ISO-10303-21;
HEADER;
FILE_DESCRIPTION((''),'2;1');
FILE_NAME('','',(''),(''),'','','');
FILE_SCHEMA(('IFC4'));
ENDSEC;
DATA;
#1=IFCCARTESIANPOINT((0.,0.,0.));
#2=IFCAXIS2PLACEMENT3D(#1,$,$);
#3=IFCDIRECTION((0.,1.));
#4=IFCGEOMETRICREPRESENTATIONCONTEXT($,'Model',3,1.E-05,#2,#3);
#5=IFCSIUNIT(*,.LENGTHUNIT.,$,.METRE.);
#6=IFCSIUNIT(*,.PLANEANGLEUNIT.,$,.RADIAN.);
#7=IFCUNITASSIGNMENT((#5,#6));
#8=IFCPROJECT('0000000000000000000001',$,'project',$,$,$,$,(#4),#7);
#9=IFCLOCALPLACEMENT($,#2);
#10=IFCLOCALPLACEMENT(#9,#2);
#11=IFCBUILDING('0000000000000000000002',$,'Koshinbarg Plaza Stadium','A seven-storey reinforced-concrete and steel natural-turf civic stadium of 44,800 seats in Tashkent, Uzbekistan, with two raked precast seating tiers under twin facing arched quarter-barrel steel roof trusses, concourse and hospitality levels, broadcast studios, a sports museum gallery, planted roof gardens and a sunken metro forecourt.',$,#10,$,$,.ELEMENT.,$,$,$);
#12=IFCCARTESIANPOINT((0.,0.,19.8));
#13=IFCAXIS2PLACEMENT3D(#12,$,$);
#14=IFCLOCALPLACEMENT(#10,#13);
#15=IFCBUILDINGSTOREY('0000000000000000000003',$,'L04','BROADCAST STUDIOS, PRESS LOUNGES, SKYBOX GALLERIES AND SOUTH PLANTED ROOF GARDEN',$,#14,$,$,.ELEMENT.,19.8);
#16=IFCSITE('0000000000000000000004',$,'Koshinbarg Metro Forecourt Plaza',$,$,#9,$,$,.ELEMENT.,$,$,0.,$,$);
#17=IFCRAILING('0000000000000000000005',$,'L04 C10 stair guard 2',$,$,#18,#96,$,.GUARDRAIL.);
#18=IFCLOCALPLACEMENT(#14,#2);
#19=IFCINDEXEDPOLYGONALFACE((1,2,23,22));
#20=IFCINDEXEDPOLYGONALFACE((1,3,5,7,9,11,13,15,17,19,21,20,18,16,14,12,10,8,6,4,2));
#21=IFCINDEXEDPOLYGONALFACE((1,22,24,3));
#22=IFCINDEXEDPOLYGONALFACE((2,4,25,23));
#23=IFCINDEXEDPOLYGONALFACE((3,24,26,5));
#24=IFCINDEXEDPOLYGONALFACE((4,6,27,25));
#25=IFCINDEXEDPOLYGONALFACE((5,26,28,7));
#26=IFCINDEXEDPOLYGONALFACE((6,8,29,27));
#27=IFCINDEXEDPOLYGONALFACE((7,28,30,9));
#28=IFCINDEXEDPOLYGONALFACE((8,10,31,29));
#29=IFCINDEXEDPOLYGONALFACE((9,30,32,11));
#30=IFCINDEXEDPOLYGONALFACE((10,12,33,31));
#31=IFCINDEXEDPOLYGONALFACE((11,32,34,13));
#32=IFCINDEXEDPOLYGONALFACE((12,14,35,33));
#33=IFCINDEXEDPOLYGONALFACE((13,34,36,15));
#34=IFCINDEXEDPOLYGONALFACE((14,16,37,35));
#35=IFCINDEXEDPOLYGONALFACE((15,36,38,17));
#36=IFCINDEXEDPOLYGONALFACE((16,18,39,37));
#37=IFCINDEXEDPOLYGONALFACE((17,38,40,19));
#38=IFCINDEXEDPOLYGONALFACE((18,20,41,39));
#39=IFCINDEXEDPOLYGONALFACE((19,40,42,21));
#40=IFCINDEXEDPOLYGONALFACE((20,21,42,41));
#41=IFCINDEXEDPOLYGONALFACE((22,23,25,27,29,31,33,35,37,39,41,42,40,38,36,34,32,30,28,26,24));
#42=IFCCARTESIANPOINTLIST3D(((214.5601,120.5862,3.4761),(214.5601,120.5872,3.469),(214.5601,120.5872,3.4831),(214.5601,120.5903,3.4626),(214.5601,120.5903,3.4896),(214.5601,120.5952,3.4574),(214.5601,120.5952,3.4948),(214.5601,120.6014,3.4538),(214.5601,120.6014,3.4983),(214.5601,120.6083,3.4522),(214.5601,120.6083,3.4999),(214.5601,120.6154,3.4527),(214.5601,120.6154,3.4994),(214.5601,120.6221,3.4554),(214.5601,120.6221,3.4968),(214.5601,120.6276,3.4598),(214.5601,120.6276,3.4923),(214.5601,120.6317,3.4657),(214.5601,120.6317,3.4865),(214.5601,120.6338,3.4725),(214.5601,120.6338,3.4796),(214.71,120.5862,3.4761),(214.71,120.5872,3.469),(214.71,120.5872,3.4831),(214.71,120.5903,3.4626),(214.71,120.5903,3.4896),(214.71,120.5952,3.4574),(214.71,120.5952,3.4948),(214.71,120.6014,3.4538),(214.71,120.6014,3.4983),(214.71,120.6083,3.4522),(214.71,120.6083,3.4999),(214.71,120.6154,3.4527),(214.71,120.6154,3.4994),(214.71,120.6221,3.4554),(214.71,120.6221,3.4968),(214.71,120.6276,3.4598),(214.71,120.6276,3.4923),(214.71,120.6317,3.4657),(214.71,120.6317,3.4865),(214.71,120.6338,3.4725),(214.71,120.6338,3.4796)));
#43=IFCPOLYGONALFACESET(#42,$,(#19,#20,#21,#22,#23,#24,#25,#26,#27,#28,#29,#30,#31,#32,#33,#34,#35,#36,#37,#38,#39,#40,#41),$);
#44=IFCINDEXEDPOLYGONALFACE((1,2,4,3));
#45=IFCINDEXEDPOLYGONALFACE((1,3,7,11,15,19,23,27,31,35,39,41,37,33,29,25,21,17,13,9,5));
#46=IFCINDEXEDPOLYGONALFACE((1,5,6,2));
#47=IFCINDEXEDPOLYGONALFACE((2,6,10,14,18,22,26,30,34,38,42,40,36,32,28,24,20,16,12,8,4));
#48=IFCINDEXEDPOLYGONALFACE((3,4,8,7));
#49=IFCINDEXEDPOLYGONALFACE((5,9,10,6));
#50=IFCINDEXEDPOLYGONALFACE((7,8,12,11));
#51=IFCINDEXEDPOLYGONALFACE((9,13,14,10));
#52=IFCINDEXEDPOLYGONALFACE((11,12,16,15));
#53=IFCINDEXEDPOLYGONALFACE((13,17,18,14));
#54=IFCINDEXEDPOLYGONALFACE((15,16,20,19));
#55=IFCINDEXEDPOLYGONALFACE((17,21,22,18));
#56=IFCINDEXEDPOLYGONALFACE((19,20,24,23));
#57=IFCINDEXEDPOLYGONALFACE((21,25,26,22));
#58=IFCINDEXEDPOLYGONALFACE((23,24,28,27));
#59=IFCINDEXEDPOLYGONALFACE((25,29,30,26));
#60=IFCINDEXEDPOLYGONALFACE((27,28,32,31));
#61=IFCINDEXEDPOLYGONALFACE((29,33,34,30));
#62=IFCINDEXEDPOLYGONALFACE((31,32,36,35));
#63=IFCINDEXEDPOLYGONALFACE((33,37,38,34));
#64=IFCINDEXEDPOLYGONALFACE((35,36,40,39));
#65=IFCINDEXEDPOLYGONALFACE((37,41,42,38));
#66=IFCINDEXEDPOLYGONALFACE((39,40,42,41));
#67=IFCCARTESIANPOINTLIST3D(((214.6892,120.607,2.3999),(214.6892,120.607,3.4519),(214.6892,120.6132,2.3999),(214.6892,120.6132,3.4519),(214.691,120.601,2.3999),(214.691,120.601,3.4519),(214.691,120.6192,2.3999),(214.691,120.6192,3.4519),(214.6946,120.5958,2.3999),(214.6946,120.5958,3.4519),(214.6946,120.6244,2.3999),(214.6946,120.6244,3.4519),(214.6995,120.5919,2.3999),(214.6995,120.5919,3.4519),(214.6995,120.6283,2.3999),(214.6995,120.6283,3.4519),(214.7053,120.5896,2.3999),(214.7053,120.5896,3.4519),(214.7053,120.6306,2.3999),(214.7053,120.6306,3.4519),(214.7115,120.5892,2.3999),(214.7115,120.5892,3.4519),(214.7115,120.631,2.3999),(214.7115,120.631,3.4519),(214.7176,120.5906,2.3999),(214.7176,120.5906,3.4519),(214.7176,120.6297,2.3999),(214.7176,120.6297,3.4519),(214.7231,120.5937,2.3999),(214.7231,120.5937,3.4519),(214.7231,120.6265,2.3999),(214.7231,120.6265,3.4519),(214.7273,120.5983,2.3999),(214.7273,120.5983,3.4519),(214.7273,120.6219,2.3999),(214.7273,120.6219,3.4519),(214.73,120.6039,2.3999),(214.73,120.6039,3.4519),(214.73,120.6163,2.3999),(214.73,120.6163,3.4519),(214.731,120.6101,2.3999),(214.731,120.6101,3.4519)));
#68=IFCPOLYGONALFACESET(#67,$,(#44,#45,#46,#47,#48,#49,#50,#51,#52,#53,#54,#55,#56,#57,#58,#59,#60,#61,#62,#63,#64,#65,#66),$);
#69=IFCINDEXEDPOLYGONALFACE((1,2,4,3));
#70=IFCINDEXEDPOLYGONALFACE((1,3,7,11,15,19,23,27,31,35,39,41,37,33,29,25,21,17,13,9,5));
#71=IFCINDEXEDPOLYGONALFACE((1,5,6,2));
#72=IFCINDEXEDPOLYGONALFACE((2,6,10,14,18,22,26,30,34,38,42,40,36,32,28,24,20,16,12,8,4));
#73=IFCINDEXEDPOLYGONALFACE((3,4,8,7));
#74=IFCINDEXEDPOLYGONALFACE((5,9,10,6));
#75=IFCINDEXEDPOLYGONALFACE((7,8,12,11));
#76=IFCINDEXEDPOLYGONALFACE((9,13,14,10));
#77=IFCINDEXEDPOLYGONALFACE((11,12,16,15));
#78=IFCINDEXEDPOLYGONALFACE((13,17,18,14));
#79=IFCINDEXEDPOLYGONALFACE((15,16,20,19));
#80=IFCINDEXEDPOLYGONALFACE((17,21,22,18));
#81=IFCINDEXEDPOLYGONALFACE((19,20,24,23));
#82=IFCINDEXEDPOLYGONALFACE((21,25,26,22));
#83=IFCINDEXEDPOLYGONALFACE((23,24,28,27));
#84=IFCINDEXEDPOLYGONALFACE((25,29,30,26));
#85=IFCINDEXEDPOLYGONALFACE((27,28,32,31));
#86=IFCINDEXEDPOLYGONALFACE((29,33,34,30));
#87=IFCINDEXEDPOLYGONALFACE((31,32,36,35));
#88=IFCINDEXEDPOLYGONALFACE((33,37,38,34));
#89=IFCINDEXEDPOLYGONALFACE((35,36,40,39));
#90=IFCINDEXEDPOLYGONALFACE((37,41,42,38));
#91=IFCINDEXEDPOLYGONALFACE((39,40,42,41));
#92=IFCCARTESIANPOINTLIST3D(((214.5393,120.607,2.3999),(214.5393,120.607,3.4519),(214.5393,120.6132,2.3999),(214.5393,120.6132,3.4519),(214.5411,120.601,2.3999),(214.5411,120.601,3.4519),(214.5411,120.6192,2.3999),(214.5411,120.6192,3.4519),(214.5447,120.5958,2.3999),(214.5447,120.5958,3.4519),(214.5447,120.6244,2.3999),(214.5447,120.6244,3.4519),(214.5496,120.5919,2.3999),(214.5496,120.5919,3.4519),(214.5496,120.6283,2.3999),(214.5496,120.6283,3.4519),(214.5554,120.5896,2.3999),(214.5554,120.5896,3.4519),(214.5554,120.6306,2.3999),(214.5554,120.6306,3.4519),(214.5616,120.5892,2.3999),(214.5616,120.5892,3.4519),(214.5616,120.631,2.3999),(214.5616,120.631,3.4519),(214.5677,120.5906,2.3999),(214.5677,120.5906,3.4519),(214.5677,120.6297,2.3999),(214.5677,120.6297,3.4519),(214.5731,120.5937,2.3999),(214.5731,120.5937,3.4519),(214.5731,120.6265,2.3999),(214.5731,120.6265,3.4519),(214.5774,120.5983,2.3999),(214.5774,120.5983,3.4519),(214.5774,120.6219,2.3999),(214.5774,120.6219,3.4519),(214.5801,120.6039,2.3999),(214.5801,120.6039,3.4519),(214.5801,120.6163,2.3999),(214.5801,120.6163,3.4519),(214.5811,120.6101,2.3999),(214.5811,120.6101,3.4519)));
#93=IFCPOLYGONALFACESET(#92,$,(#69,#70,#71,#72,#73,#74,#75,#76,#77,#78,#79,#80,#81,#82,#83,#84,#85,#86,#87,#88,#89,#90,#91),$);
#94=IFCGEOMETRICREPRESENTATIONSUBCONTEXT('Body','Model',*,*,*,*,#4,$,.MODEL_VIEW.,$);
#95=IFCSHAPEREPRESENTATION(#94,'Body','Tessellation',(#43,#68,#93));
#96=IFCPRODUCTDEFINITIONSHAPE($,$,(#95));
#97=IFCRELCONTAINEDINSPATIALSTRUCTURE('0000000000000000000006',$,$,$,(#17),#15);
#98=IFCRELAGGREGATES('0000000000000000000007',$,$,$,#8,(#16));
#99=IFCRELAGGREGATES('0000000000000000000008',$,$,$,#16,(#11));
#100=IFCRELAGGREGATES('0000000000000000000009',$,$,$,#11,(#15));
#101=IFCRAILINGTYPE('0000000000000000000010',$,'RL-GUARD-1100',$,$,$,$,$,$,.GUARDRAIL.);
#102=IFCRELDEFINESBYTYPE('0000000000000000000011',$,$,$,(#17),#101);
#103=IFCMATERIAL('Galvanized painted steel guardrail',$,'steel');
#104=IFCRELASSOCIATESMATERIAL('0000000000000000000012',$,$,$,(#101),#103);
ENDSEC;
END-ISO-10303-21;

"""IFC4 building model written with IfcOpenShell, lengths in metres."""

from ifc_helpers import new_model, si_unit, direction, frame, origin, origin_2d, place, context, subcontext, project, spatial, circle, extrude, material, type_object, element, save


model = new_model("IFC4")

# Units and contexts
model_context = context("Model", 3, precision=1e-05, world=origin(), true_north=direction((0.0, 1.0)))
body_context = subcontext(model_context, "Body", "Model", "MODEL_VIEW")
ifc_project = project(units=[si_unit("LENGTHUNIT", "METRE"), si_unit("PLANEANGLEUNIT", "RADIAN")], contexts=[model_context])

# Site, building, storey
site_placement = place(None, origin())
site = spatial("IfcSite", under=ifc_project, at=site_placement, Name="Koshinbarg Metro Forecourt Plaza", CompositionType="ELEMENT", RefElevation=0.0)
building_placement = place(site_placement, origin())
building = spatial("IfcBuilding", under=site, at=building_placement, Name="Koshinbarg Plaza Stadium", Description="A seven-storey reinforced-concrete and steel natural-turf civic stadium of 44,800 seats in Tashkent, Uzbekistan, with two raked precast seating tiers under twin facing arched quarter-barrel steel roof trusses, concourse and hospitality levels, broadcast studios, a sports museum gallery, planted roof gardens and a sunken metro forecourt.", CompositionType="ELEMENT")
storey_placement = place(building_placement, frame((0.0, 0.0, 19.8)))
storey = spatial("IfcBuildingStorey", under=building, at=storey_placement, Name="L04", Description="BROADCAST STUDIOS, PRESS LOUNGES, SKYBOX GALLERIES AND SOUTH PLANTED ROOF GARDEN", CompositionType="ELEMENT", Elevation=19.8)

# Railing
ifc_material_1 = material(Name="Galvanized painted steel guardrail", Category="steel")
railing_type_1 = type_object("IfcRailingType", Name="RL-GUARD-1100", PredefinedType="GUARDRAIL", material=ifc_material_1)
railing_1_placement = place(storey_placement, frame((214.71, 120.6101, 2.3999)))
element("IfcRailing", 1, at=railing_1_placement, inside=storey, type_object=railing_type_1, Name="L04 C10 stair guard 2", PredefinedType="GUARDRAIL", context=body_context, shape_type="SweptSolid", body=[
    extrude(circle(Radius=0.0239, at=origin_2d()), frame((0.0, 0.0, 1.0762), z_axis=(-1.0, 0.0, 0.0), x_axis=(0.0, -1.0, 0.0)), (0.0, 0.0, 1.0), 0.1499),
    extrude(circle(Radius=0.021, at=origin_2d()), origin(), (0.0, 0.0, 1.0), 1.052),
    extrude(circle(Radius=0.021, at=origin_2d()), frame((-0.1499, 0.0, 0.0)), (0.0, 0.0, 1.0), 1.052),
])

save(model, "model.ifc")
